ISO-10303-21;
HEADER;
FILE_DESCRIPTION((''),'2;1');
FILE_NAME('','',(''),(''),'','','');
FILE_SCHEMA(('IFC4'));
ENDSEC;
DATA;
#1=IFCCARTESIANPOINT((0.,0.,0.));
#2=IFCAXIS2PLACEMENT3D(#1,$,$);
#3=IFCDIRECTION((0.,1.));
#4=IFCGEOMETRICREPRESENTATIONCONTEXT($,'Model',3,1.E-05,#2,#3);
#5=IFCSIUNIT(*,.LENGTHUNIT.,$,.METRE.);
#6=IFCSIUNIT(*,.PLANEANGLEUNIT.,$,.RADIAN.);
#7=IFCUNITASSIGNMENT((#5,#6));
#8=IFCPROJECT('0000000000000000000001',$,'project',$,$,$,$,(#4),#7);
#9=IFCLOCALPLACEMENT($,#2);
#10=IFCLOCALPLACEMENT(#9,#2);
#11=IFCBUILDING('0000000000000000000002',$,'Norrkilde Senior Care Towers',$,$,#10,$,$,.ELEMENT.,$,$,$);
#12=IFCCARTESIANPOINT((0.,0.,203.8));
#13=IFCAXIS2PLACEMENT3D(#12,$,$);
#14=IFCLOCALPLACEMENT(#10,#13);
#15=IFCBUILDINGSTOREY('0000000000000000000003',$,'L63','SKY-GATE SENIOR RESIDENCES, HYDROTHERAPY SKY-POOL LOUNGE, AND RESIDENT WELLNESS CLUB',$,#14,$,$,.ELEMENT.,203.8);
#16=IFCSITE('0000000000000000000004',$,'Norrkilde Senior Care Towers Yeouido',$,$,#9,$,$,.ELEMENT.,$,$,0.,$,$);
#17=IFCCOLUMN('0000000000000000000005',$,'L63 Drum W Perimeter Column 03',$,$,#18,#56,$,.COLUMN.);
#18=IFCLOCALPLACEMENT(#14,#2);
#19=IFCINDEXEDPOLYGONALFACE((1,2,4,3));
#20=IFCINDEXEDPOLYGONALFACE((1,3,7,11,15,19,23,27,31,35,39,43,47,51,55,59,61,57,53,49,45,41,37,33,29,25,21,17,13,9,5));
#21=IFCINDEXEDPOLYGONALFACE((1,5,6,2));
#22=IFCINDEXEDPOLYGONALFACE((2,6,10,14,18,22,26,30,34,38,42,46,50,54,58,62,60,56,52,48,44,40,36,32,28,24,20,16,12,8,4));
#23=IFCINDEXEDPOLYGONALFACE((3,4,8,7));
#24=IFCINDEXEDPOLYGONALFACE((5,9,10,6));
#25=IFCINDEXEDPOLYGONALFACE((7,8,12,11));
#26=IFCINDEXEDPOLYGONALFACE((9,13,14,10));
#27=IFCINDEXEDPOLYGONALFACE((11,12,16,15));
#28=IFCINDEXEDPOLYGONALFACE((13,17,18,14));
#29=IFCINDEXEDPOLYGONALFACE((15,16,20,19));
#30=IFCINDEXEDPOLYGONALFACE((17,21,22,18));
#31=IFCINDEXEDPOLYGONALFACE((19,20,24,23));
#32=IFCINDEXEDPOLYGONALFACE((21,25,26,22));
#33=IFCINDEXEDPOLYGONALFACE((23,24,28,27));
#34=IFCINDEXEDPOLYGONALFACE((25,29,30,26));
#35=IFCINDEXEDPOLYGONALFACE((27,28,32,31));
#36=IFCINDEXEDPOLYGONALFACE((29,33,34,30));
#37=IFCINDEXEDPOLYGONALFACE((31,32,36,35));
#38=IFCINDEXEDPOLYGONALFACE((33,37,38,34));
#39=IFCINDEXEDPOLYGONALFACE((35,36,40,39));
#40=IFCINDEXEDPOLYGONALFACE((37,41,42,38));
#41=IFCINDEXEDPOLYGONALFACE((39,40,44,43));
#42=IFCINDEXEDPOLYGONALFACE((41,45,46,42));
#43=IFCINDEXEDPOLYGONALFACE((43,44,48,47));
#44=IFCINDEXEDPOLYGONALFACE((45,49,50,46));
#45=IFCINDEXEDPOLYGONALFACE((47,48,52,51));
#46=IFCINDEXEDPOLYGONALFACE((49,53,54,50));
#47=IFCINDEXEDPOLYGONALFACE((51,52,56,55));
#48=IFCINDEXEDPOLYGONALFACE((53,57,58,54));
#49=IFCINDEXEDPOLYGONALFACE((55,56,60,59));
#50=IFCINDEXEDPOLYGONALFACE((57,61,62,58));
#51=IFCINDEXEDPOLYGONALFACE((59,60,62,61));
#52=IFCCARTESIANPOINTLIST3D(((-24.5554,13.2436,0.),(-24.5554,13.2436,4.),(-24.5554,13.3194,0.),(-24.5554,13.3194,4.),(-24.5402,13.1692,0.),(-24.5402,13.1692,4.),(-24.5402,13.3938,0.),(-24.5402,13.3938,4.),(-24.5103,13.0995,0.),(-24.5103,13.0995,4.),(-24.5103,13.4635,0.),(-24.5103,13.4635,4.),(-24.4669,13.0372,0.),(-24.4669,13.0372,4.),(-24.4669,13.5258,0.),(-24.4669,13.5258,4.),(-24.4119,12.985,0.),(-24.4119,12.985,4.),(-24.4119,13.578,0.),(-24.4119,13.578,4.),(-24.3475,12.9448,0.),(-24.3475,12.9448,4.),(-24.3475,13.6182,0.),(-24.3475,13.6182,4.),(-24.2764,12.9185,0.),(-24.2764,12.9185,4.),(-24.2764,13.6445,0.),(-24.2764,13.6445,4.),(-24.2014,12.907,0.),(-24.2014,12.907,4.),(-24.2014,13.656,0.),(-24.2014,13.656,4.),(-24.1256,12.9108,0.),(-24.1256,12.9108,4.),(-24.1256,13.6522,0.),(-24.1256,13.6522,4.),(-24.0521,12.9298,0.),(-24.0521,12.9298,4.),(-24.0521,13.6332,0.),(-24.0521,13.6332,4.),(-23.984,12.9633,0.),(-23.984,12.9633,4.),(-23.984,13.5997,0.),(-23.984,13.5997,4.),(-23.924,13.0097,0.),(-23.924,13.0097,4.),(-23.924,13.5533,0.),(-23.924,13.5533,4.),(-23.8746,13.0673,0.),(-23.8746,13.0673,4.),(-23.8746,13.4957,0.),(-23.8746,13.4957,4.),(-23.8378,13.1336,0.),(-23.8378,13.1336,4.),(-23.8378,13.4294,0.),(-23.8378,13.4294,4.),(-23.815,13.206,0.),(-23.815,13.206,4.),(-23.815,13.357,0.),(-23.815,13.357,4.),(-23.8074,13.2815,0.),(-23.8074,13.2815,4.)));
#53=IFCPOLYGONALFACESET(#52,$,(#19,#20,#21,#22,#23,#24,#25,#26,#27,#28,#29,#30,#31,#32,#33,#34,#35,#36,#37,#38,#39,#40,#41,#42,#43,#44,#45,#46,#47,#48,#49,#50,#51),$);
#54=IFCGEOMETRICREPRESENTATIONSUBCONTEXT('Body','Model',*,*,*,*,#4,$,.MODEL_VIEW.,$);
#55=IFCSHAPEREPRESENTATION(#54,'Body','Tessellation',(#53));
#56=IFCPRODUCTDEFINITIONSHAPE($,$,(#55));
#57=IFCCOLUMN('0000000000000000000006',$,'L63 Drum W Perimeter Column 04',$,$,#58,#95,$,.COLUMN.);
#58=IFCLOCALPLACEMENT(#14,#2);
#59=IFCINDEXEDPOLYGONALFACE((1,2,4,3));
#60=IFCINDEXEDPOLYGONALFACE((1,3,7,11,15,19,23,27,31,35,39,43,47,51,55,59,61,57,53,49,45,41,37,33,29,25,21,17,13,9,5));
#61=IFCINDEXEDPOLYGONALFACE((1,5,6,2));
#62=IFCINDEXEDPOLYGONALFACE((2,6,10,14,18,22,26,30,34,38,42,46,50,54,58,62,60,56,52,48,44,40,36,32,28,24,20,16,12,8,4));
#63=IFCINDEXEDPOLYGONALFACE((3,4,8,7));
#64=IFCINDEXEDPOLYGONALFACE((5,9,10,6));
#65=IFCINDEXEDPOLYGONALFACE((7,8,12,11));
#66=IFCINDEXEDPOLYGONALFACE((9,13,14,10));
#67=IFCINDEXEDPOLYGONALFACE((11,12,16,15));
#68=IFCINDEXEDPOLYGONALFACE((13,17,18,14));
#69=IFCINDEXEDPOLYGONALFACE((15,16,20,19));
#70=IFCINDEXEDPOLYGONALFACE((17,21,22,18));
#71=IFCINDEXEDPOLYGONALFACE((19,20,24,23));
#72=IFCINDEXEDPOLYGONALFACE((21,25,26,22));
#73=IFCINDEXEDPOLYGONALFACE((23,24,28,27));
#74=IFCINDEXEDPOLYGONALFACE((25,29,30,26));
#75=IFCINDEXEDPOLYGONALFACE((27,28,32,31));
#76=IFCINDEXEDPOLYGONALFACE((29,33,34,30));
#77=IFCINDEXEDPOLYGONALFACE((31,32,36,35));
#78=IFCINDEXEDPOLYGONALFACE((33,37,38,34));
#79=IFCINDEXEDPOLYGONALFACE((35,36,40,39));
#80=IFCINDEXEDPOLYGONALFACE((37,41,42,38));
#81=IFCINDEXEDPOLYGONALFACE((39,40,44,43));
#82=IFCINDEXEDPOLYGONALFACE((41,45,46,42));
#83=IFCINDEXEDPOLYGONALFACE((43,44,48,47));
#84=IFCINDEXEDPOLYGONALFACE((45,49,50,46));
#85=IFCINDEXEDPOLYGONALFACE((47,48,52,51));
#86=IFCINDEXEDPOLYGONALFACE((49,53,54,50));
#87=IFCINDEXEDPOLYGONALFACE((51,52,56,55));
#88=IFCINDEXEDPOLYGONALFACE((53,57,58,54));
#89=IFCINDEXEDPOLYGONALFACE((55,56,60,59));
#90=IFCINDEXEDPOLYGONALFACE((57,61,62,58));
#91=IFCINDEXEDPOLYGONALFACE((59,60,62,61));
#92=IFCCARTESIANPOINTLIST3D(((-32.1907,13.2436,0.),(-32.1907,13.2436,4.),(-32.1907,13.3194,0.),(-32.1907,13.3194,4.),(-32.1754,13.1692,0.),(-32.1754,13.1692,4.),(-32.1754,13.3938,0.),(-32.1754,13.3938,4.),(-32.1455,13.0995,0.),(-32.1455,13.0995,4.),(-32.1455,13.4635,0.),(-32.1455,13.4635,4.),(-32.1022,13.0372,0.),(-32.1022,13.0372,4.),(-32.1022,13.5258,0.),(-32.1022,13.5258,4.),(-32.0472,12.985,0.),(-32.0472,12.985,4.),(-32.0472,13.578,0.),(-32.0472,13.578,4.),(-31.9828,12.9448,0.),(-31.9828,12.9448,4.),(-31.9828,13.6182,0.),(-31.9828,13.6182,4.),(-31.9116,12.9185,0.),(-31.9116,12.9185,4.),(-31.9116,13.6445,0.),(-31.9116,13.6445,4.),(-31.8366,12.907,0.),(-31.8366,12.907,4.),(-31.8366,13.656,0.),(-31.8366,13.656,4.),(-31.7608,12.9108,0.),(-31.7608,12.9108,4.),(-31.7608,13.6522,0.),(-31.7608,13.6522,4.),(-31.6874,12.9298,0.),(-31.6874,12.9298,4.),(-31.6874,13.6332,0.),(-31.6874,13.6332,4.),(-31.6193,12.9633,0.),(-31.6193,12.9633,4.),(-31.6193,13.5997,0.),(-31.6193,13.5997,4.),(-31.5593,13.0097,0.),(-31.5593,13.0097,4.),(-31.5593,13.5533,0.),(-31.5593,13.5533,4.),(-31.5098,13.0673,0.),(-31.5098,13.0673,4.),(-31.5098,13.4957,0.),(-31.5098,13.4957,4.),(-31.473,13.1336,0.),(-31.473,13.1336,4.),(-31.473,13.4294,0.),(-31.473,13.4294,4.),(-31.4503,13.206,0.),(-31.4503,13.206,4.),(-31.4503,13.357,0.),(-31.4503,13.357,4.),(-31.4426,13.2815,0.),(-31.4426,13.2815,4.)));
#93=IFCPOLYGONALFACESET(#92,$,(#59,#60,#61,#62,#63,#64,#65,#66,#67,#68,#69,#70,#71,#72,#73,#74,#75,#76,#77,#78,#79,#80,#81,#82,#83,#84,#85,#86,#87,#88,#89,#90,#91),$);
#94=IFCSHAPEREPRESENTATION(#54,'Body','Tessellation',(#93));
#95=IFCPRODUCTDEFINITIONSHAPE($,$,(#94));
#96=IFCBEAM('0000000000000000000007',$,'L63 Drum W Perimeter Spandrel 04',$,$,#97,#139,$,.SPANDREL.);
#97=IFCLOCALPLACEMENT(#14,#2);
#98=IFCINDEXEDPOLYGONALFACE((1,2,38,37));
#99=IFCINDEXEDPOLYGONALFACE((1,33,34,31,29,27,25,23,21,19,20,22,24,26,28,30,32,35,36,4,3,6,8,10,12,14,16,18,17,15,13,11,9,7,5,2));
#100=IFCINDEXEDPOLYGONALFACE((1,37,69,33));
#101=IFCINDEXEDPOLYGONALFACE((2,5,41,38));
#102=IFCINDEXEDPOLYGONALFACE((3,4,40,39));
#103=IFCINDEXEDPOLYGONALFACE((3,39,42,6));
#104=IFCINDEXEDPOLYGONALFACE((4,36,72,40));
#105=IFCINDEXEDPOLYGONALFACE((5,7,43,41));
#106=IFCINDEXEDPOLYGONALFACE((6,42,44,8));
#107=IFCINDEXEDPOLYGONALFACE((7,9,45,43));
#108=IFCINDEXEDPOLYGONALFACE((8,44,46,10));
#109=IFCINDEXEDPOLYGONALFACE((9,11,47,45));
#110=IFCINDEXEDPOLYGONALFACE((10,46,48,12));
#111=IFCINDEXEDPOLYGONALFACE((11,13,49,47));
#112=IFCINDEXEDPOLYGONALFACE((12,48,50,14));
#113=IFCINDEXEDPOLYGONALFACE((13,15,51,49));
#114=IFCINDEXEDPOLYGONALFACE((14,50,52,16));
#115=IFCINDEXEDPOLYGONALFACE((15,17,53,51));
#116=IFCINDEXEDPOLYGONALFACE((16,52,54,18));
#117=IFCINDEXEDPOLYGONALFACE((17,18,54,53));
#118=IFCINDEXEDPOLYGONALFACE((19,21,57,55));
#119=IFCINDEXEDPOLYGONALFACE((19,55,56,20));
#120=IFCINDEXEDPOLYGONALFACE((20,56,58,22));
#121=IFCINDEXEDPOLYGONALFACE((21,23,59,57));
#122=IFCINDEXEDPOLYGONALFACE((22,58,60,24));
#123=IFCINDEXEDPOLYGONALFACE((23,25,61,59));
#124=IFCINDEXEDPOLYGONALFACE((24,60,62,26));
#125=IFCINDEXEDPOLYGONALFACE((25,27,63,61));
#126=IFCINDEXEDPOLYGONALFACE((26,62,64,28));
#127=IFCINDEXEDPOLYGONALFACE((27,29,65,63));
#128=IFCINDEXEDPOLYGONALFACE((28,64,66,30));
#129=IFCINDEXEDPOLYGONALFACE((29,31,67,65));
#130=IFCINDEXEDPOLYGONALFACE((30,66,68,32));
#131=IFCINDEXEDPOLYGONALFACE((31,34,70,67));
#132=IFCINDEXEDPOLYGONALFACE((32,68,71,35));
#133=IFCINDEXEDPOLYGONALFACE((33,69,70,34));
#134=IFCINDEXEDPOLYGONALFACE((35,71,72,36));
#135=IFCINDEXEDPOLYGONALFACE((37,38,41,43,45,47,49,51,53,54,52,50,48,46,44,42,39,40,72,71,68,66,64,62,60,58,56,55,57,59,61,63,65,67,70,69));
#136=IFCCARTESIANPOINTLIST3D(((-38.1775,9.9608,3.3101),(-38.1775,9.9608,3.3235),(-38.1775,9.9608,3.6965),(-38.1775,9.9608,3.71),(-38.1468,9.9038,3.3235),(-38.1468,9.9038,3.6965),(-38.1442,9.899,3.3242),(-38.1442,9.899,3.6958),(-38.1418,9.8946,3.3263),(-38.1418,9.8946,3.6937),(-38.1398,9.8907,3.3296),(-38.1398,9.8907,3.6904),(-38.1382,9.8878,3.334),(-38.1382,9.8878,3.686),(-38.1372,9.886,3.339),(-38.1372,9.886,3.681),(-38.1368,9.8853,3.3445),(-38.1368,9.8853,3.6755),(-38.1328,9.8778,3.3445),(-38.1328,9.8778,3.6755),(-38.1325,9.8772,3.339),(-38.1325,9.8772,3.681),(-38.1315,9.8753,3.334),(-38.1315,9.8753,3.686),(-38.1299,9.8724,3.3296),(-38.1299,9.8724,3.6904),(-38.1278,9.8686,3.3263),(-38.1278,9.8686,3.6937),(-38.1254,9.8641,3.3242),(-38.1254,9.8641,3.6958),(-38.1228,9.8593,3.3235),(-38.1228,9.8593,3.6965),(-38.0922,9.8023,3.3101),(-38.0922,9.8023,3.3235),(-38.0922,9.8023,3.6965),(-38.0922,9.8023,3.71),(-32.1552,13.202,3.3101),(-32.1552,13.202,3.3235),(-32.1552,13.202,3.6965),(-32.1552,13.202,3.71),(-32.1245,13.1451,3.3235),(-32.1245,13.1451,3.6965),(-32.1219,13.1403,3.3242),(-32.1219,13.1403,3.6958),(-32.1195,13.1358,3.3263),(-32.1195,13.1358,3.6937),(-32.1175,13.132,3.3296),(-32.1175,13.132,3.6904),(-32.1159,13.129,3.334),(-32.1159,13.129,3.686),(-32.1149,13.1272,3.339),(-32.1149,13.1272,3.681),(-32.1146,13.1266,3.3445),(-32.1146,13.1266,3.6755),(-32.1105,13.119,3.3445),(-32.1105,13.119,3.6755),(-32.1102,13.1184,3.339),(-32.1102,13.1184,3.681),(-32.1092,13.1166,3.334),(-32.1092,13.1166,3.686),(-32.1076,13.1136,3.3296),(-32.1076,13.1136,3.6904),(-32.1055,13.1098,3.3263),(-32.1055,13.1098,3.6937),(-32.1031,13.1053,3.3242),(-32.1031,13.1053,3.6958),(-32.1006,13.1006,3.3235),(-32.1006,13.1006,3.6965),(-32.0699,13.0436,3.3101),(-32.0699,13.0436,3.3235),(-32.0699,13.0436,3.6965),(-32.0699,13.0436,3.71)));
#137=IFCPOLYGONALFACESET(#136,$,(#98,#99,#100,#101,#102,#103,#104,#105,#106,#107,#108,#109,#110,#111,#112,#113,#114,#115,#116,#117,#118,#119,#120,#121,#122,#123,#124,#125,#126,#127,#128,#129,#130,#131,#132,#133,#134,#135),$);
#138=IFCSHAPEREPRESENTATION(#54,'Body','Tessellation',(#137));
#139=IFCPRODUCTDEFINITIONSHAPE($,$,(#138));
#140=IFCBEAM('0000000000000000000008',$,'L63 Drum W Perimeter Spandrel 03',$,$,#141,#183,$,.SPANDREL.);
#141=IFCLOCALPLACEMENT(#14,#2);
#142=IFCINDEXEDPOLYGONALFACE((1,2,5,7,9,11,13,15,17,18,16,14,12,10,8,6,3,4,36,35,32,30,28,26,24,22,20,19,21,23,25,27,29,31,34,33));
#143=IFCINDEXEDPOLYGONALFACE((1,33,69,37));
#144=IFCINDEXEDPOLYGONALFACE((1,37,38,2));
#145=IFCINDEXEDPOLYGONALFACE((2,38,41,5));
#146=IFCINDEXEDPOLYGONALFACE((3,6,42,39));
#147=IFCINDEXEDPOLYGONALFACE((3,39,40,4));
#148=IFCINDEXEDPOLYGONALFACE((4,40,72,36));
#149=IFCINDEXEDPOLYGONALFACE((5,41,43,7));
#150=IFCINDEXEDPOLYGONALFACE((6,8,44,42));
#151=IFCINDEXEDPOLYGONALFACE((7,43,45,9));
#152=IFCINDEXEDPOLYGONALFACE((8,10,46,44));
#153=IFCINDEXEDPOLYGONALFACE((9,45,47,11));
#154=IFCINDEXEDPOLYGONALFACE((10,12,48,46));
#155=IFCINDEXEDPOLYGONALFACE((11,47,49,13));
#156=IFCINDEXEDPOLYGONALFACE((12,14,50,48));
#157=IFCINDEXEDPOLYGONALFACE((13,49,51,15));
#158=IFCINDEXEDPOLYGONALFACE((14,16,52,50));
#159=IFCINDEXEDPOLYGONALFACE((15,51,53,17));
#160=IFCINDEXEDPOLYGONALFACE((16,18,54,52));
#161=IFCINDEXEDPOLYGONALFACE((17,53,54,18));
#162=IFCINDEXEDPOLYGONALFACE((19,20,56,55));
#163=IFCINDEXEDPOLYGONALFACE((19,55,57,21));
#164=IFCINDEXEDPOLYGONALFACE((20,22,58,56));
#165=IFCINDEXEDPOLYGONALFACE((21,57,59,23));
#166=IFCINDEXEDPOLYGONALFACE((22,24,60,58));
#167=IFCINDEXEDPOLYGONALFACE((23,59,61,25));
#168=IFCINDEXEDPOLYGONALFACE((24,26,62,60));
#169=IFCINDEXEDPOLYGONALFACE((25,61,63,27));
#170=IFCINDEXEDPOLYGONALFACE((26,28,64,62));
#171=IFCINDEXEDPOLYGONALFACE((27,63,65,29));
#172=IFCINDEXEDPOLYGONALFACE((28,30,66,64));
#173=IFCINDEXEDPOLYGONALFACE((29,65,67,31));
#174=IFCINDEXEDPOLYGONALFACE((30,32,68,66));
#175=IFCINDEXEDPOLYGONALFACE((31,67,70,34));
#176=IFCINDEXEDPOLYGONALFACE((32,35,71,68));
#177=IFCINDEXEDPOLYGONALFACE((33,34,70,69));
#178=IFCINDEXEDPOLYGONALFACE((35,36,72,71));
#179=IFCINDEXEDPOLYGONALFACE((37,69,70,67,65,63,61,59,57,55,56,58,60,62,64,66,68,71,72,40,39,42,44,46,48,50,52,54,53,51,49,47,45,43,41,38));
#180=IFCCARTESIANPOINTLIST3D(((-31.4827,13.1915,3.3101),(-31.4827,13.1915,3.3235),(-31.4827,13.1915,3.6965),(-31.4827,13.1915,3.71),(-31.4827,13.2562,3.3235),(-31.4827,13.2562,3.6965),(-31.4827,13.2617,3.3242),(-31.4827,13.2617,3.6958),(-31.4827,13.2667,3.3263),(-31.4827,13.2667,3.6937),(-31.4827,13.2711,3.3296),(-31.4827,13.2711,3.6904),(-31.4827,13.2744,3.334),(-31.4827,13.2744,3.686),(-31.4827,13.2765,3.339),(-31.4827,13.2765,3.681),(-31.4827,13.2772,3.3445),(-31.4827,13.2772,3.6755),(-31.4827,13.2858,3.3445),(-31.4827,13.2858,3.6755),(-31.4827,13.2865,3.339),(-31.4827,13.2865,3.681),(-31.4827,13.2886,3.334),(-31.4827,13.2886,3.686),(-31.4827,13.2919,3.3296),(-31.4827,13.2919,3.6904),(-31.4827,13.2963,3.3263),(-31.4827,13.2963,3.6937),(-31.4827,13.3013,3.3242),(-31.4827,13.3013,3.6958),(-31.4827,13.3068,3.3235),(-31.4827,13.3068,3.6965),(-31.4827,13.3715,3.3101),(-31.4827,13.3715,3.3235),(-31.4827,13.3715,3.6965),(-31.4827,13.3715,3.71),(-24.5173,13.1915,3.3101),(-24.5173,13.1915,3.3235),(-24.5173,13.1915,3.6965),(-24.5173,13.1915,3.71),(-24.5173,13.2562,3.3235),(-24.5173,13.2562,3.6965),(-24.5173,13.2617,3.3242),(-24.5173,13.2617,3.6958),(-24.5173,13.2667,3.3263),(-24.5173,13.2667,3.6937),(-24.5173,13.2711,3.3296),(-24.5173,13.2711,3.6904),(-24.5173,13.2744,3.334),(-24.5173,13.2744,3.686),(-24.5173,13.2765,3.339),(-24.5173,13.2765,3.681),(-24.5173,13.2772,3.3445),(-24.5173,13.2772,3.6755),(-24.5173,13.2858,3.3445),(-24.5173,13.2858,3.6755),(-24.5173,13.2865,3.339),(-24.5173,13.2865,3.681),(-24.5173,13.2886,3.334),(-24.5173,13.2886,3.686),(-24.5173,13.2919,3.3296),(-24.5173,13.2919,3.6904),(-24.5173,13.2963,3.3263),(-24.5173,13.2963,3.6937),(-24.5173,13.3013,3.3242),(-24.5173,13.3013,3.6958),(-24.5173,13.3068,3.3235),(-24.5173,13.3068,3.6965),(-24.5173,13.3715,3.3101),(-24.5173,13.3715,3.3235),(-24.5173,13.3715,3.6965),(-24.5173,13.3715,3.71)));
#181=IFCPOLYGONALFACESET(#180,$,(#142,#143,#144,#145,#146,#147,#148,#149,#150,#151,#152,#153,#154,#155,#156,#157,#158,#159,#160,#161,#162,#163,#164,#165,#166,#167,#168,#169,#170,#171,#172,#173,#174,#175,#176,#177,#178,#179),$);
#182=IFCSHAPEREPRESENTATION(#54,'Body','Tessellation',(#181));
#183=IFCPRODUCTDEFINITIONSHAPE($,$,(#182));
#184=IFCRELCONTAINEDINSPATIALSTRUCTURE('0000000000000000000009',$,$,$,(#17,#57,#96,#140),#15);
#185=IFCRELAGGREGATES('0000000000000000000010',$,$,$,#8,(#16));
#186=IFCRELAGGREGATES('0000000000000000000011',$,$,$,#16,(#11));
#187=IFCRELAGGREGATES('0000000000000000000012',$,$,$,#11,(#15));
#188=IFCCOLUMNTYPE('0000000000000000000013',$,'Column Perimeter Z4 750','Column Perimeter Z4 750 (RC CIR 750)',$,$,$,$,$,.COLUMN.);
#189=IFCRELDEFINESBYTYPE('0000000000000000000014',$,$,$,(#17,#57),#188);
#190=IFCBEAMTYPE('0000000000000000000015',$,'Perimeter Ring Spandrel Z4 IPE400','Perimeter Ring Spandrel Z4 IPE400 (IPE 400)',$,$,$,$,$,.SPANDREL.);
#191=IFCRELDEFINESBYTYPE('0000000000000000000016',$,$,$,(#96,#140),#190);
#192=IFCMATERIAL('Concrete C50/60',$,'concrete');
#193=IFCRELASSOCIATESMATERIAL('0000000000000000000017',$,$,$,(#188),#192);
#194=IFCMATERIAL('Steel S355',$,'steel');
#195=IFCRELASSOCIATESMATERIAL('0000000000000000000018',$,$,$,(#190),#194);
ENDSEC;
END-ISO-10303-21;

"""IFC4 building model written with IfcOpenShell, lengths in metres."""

from ifc_helpers import new_model, si_unit, direction, frame, origin, origin_2d, place, context, subcontext, project, spatial, circle, i_section, extrude, source, transform, mapped, material, material_profile, profile_set, type_object, type_shapes, element, save


model = new_model("IFC4")

# Units and contexts
model_context = context("Model", 3, precision=1e-05, world=origin(), true_north=direction((0.0, 1.0)))
body_context = subcontext(model_context, "Body", "Model", "MODEL_VIEW")
ifc_project = project(units=[si_unit("LENGTHUNIT", "METRE"), si_unit("PLANEANGLEUNIT", "RADIAN")], contexts=[model_context])

# Site, building, storey
site_placement = place(None, origin())
site = spatial("IfcSite", under=ifc_project, at=site_placement, Name="Norrkilde Senior Care Towers Yeouido", CompositionType="ELEMENT", RefElevation=0.0)
building_placement = place(site_placement, origin())
building = spatial("IfcBuilding", under=site, at=building_placement, Name="Norrkilde Senior Care Towers", CompositionType="ELEMENT")
storey_placement = place(building_placement, frame((0.0, 0.0, 203.8)))
storey = spatial("IfcBuildingStorey", under=building, at=storey_placement, Name="L63", Description="SKY-GATE SENIOR RESIDENCES, HYDROTHERAPY SKY-POOL LOUNGE, AND RESIDENT WELLNESS CLUB", CompositionType="ELEMENT", Elevation=203.8)

# Columns
ifc_material_1 = material(Name="Concrete C50/60", Category="concrete")
ifc_material_profile_1 = material_profile(ifc_material_1, circle(Radius=0.375, at=origin_2d()), Name="RC CIR 750")
ifc_profile_set_1 = profile_set([ifc_material_profile_1], Name="Concrete C50/60")
column_type = type_object("IfcColumnType", Name="Column Perimeter Z4 750", Description="Column Perimeter Z4 750 (RC CIR 750)", PredefinedType="COLUMN", material=ifc_profile_set_1)
shared_shape_1 = source(origin(), body_context, "Body", "SweptSolid", [
    extrude(circle(Radius=0.375, at=origin_2d()), origin(), (0.0, 0.0, 1.0), 4.0),
])
type_shapes(column_type, [shared_shape_1])
for number, where, z_axis, x_axis, name in (
    (1, (-24.1824, 13.2815, 0.0), (0.0, 0.0, 1.0), (1.0, 0.0, 0.0), "L63 Drum W Perimeter Column 03"),
    (2, (-31.8176, 13.2815, 0.0), (0.0, 0.0, 1.0), (1.0, 0.0, 0.0), "L63 Drum W Perimeter Column 04"),
):
    element("IfcColumn", number, at=place(storey_placement, frame(where, z_axis=z_axis, x_axis=x_axis)), inside=storey, type_object=column_type, Name=name, PredefinedType="COLUMN", context=body_context, shape_type="MappedRepresentation", body=[
        mapped(shared_shape_1, transform((0.0, 0.0, 0.0), x_axis=(1.0, 0.0, 0.0), y_axis=(0.0, 1.0, 0.0), z_axis=(0.0, 0.0, 1.0), scale=1.0)),
    ])

# Beams
ifc_material_2 = material(Name="Steel S355", Category="steel")
ifc_material_profile_2 = material_profile(ifc_material_2, i_section(OverallWidth=0.1799, OverallDepth=0.3999, WebThickness=0.0085, FlangeThickness=0.0134, FilletRadius=0.021, at=origin_2d()), Name="IPE 400")
ifc_profile_set_2 = profile_set([ifc_material_profile_2], Name="Steel S355")
beam_type = type_object("IfcBeamType", Name="Perimeter Ring Spandrel Z4 IPE400", Description="Perimeter Ring Spandrel Z4 IPE400 (IPE 400)", PredefinedType="SPANDREL", material=ifc_profile_set_2)
shared_shape_2 = source(origin(), body_context, "Body", "SweptSolid", [
    extrude(i_section(OverallWidth=0.1799, OverallDepth=0.3999, WebThickness=0.0085, FlangeThickness=0.0134, FilletRadius=0.021, at=origin_2d()), origin(), (0.0, 0.0, 1.0), 6.8391),
])
beam_1_placement = place(storey_placement, frame((-32.1125, 13.1228, 3.51), z_axis=(-0.880564, -0.473927, 0.0), x_axis=(0.473927, -0.880564, 0.0)))
element("IfcBeam", 3, at=beam_1_placement, inside=storey, type_object=beam_type, Name="L63 Drum W Perimeter Spandrel 04", PredefinedType="SPANDREL", context=body_context, shape_type="MappedRepresentation", body=[
    mapped(shared_shape_2, transform((0.0, 0.0, 0.0), x_axis=(1.0, 0.0, 0.0), y_axis=(0.0, 1.0, 0.0), z_axis=(0.0, 0.0, 1.0), scale=1.0)),
])
shared_shape_3 = source(origin(), body_context, "Body", "SweptSolid", [
    extrude(i_section(OverallWidth=0.1799, OverallDepth=0.3999, WebThickness=0.0085, FlangeThickness=0.0134, FilletRadius=0.021, at=origin_2d()), origin(), (0.0, 0.0, 1.0), 6.9653),
])
type_shapes(beam_type, [shared_shape_2, shared_shape_3])
beam_2_placement = place(storey_placement, frame((-24.5173, 13.2815, 3.51), z_axis=(-1.0, 0.0, 0.0), x_axis=(0.0, -1.0, 0.0)))
element("IfcBeam", 4, at=beam_2_placement, inside=storey, type_object=beam_type, Name="L63 Drum W Perimeter Spandrel 03", PredefinedType="SPANDREL", context=body_context, shape_type="MappedRepresentation", body=[
    mapped(shared_shape_3, transform((0.0, 0.0, 0.0), x_axis=(1.0, 0.0, 0.0), y_axis=(0.0, 1.0, 0.0), z_axis=(0.0, 0.0, 1.0), scale=1.0)),
])

save(model, "model.ifc")
